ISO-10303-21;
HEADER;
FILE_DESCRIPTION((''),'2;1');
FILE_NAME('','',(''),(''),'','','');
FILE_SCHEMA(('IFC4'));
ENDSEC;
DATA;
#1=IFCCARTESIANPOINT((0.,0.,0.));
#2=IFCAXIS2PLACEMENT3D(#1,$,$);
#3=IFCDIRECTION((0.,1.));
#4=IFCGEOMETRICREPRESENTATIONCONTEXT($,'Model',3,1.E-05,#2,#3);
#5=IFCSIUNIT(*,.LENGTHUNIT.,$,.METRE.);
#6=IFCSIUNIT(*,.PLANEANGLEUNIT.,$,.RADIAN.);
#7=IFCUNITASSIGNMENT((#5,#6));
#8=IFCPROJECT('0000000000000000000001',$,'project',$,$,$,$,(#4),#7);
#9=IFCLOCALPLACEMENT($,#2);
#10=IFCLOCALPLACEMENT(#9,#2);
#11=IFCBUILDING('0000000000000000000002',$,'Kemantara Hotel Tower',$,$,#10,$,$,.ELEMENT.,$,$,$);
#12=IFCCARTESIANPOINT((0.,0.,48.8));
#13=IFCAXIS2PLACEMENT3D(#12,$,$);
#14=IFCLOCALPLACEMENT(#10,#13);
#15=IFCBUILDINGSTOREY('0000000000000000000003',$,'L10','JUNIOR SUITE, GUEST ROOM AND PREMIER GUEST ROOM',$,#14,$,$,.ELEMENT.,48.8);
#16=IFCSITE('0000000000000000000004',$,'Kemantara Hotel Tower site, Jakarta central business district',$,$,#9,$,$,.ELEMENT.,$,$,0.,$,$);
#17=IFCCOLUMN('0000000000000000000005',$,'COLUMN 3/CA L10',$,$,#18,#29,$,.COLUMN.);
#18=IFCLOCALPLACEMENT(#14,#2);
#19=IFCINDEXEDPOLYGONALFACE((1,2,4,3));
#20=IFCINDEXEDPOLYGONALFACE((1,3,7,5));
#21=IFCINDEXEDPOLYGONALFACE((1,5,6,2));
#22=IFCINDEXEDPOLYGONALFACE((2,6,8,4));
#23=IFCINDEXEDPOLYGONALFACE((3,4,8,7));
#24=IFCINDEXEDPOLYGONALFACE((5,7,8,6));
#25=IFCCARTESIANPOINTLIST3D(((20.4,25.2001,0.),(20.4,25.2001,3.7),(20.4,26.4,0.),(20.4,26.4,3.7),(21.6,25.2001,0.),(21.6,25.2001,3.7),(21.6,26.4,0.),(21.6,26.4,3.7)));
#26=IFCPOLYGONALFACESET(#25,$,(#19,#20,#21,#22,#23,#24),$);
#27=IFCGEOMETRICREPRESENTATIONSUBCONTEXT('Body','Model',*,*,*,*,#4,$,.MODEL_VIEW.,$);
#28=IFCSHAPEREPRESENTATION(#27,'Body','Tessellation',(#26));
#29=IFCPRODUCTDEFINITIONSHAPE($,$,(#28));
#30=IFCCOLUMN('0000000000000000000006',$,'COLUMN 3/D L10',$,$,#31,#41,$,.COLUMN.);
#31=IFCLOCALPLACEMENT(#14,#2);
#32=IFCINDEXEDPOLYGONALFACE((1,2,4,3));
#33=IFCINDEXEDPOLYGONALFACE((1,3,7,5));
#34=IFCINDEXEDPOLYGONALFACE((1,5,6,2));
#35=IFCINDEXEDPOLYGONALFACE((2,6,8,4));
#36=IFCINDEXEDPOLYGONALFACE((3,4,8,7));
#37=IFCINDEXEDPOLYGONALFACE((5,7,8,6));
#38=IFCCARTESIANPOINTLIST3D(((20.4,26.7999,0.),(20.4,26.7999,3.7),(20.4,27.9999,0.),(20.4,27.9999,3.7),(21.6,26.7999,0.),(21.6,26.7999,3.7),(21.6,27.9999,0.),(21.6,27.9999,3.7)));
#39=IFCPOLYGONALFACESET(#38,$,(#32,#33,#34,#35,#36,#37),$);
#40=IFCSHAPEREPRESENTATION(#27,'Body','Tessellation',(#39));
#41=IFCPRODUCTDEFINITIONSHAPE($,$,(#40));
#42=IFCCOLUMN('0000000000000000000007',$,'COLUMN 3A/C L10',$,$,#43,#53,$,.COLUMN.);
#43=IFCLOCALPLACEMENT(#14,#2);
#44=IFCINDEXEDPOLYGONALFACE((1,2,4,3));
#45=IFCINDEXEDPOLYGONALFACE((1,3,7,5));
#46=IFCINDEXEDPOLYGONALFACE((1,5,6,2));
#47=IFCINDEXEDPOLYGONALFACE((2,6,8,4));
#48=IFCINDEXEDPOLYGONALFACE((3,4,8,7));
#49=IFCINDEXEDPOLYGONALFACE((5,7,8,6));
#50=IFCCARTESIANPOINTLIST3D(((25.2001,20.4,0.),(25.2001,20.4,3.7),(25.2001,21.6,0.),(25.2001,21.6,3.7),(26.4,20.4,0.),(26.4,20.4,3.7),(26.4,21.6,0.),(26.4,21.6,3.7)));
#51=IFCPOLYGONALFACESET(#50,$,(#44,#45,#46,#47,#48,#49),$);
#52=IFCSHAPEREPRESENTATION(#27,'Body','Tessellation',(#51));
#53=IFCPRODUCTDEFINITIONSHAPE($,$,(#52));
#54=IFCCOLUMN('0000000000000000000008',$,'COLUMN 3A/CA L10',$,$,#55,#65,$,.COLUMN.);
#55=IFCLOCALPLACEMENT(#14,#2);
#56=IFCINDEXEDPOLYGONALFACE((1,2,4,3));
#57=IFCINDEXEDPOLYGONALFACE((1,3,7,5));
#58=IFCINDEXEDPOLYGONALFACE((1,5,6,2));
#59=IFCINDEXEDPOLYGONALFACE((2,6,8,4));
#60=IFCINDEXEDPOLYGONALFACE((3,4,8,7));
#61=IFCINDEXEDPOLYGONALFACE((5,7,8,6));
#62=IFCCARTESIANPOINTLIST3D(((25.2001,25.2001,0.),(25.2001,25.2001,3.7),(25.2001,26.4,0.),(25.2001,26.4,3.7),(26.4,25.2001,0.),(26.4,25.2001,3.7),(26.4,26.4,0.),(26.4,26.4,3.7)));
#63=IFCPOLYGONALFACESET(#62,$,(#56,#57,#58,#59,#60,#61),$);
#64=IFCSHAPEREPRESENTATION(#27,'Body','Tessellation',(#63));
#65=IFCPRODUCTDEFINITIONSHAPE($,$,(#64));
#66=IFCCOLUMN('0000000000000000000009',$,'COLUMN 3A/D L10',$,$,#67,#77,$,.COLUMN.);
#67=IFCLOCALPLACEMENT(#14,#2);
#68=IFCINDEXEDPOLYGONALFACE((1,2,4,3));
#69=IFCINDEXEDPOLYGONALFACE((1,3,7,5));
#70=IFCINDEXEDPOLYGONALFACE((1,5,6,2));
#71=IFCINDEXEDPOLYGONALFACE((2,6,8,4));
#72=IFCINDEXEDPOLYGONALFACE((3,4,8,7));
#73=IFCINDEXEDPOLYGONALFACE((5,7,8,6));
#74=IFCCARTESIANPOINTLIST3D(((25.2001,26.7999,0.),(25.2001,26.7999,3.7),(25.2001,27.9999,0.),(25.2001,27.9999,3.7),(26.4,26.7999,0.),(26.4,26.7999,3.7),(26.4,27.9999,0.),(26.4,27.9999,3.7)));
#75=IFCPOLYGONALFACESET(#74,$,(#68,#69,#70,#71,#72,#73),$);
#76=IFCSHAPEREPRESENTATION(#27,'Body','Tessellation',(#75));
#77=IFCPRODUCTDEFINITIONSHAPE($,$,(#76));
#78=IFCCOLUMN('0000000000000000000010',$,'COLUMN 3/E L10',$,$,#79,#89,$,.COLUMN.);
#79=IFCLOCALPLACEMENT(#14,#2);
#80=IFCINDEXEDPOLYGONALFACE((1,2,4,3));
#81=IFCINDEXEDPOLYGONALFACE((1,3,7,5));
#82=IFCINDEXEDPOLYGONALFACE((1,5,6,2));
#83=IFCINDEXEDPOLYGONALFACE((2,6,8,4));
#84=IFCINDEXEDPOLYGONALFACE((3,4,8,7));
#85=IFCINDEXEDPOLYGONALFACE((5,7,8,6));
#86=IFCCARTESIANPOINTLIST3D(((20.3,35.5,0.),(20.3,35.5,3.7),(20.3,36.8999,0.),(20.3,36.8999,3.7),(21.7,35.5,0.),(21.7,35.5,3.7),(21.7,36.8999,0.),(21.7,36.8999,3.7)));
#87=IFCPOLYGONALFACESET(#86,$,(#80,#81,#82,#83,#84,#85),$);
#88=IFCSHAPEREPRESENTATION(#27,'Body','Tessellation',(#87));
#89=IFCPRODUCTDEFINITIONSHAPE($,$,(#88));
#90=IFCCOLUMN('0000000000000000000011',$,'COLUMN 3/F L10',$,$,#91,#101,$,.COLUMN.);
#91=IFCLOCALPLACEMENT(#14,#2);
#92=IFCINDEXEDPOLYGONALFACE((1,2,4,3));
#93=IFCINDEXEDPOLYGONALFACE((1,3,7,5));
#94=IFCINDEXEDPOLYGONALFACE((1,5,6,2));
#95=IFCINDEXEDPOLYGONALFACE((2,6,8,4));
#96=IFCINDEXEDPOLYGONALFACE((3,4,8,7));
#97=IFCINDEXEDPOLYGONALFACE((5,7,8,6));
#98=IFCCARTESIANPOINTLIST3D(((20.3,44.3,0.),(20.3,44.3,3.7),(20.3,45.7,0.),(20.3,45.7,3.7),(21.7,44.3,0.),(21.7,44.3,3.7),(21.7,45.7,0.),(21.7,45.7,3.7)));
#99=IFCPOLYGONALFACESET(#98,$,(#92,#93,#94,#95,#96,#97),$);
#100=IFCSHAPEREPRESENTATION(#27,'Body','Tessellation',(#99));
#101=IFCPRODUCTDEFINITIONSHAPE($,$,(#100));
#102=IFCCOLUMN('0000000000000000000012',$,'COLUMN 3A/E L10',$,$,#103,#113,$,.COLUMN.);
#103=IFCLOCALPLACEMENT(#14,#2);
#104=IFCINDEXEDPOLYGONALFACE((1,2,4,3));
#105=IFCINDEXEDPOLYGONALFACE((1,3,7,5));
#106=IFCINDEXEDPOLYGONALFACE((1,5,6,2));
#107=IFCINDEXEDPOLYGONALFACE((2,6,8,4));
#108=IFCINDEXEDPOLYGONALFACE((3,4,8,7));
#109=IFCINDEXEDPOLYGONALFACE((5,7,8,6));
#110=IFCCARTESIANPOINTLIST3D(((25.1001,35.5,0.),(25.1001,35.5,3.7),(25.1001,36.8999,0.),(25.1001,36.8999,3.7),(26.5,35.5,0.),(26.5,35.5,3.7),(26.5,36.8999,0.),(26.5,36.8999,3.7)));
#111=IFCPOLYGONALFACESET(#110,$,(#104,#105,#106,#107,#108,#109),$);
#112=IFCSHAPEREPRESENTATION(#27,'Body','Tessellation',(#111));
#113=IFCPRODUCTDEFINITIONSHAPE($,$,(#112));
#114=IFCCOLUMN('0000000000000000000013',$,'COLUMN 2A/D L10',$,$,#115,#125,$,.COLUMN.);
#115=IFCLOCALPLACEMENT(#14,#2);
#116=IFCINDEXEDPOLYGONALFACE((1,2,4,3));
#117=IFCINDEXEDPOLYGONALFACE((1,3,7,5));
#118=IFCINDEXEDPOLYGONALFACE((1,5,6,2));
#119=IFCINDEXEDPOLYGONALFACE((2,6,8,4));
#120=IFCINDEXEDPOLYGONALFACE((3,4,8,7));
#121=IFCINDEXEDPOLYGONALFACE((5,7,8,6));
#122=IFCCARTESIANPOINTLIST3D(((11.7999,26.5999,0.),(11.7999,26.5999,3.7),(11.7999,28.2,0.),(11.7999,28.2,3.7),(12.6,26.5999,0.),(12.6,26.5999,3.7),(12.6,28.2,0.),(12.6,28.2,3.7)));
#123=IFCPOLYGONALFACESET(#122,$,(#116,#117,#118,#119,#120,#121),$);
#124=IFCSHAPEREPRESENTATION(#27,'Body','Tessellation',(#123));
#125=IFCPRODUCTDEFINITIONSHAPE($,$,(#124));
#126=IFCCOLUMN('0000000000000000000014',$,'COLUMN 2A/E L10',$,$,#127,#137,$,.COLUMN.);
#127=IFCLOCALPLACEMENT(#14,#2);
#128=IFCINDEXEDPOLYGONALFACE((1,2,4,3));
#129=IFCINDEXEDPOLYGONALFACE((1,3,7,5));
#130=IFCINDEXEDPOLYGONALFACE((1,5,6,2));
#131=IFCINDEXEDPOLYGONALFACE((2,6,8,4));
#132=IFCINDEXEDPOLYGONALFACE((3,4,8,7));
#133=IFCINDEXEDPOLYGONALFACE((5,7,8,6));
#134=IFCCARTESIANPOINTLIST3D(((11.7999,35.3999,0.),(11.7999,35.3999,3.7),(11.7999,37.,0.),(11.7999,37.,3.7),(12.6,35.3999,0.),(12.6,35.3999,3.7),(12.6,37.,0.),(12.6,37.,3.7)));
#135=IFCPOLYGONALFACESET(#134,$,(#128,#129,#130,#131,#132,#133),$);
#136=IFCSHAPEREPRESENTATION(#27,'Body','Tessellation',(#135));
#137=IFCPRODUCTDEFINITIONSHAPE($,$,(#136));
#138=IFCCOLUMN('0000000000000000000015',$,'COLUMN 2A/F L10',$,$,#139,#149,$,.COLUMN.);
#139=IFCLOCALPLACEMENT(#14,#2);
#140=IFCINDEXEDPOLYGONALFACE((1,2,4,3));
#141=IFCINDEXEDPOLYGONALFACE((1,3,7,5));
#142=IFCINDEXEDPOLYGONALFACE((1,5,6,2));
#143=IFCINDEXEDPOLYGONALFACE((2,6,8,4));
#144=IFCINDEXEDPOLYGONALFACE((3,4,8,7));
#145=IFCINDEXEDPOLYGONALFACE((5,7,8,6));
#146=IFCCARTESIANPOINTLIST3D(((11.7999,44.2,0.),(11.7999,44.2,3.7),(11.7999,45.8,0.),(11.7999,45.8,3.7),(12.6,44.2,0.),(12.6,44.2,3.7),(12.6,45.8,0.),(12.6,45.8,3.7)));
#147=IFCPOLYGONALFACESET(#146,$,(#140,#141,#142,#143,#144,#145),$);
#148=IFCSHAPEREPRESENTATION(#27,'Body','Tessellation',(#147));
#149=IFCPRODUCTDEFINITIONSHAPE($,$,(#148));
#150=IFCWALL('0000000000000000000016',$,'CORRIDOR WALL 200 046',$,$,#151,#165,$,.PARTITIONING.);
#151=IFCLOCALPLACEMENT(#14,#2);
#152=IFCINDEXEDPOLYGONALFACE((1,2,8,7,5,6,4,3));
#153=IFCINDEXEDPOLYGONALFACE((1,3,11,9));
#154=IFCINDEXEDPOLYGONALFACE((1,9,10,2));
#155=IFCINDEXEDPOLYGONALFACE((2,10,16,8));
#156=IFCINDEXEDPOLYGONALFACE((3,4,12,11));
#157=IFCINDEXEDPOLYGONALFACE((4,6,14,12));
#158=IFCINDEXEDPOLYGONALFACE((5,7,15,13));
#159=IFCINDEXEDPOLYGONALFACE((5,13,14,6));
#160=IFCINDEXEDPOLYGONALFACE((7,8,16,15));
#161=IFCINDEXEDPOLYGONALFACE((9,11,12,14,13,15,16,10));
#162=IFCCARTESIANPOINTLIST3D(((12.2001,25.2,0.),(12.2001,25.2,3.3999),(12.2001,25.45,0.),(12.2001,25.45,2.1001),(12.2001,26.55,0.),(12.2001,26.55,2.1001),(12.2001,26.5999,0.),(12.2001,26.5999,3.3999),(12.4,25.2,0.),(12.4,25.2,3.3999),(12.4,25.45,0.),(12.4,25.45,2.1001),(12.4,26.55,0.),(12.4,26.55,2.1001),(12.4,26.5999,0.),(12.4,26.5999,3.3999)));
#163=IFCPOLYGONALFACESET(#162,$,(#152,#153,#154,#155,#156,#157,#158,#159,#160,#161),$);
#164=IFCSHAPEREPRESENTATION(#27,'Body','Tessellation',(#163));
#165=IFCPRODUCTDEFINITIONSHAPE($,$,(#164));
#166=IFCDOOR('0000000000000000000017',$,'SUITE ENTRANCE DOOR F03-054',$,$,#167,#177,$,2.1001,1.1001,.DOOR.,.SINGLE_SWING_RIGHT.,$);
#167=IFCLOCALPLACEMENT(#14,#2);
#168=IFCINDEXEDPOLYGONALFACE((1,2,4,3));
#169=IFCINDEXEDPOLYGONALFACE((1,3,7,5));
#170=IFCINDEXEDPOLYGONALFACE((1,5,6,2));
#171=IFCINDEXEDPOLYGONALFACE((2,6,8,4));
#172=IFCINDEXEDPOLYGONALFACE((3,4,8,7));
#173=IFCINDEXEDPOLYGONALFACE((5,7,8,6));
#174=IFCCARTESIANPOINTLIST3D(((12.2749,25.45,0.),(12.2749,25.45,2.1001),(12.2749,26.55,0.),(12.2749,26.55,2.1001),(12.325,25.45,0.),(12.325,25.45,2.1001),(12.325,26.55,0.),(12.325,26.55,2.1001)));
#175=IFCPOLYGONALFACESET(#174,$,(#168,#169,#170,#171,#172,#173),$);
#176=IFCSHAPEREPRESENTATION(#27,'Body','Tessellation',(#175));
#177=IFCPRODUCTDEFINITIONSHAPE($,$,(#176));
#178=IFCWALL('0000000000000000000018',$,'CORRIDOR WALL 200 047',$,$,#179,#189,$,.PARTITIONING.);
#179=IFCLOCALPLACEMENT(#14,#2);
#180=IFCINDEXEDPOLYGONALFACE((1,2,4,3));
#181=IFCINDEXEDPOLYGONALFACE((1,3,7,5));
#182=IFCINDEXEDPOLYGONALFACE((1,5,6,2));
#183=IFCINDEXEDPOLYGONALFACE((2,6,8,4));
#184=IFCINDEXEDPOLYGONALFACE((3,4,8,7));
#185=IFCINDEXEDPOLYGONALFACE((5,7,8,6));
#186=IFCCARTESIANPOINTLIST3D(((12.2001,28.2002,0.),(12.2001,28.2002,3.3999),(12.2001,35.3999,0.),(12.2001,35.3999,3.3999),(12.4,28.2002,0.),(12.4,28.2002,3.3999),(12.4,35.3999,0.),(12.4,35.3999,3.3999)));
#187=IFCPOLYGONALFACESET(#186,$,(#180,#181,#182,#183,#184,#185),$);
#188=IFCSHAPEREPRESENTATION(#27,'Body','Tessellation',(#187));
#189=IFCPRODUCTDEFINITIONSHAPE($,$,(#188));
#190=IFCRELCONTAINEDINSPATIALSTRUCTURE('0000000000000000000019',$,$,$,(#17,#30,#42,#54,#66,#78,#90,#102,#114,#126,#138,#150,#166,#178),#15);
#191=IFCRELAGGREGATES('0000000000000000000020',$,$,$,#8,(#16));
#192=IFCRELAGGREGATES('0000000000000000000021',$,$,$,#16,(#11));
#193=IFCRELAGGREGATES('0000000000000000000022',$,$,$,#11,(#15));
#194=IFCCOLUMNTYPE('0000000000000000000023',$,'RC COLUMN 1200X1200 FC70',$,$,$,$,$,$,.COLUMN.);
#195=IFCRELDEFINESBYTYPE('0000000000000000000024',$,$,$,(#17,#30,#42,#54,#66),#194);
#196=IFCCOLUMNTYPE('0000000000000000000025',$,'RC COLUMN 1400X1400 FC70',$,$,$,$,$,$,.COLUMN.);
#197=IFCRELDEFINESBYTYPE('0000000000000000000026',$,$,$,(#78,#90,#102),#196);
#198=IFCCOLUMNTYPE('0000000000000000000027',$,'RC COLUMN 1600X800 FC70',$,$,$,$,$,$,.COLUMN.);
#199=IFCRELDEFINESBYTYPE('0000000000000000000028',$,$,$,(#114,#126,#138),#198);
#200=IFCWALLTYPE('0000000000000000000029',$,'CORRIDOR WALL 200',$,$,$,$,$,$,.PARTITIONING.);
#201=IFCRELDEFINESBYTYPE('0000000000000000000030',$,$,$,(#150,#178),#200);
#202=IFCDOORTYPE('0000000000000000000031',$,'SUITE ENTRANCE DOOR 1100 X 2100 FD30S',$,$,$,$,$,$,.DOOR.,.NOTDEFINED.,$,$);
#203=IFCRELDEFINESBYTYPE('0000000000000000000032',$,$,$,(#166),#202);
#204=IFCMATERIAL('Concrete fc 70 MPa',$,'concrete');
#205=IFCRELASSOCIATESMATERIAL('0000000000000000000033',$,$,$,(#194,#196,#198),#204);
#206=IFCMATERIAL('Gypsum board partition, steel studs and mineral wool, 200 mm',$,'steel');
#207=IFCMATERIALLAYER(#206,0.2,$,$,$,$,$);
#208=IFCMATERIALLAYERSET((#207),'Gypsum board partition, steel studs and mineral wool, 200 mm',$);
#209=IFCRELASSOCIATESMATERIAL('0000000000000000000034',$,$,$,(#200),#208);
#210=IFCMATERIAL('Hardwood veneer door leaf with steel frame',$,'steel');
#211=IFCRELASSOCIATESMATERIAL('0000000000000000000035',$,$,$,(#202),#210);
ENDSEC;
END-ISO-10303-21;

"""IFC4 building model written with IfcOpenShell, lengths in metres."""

from ifc_helpers import new_model, si_unit, direction, frame, frame_2d, origin, origin_2d, place, context, subcontext, project, spatial, rectangle, extrude, material, layer, layer_set, material_profile, profile_set, type_object, element, fill, save


model = new_model("IFC4")

# Units and contexts
model_context = context("Model", 3, precision=1e-05, world=origin(), true_north=direction((0.0, 1.0)))
body_context = subcontext(model_context, "Body", "Model", "MODEL_VIEW")
ifc_project = project(units=[si_unit("LENGTHUNIT", "METRE"), si_unit("PLANEANGLEUNIT", "RADIAN")], contexts=[model_context])

# Site, building, storey
site_placement = place(None, origin())
site = spatial("IfcSite", under=ifc_project, at=site_placement, Name="Kemantara Hotel Tower site, Jakarta central business district", CompositionType="ELEMENT", RefElevation=0.0)
building_placement = place(site_placement, origin())
building = spatial("IfcBuilding", under=site, at=building_placement, Name="Kemantara Hotel Tower", CompositionType="ELEMENT")
storey_placement = place(building_placement, frame((0.0, 0.0, 48.8)))
storey = spatial("IfcBuildingStorey", under=building, at=storey_placement, Name="L10", Description="JUNIOR SUITE, GUEST ROOM AND PREMIER GUEST ROOM", CompositionType="ELEMENT", Elevation=48.8)

# Columns
ifc_material_1 = material(Name="Concrete fc 70 MPa", Category="concrete")
ifc_material_profile_1 = material_profile(ifc_material_1, rectangle(XDim=1.2, YDim=1.2, at=origin_2d()), Name="RC 1200X1200")
ifc_profile_set_1 = profile_set([ifc_material_profile_1], Name="Concrete fc 70 MPa")
column_type_1 = type_object("IfcColumnType", Name="RC COLUMN 1200X1200 FC70", PredefinedType="COLUMN", material=ifc_profile_set_1)
for number, where, z_axis, x_axis, name in (
    (1, (21.0, 25.8, 0.0), (0.0, 0.0, 1.0), (1.0, 0.0, 0.0), "COLUMN 3/CA L10"),
    (2, (21.0, 27.3999, 0.0), (0.0, 0.0, 1.0), (1.0, 0.0, 0.0), "COLUMN 3/D L10"),
    (3, (25.8, 21.0, 0.0), (0.0, 0.0, 1.0), (1.0, 0.0, 0.0), "COLUMN 3A/C L10"),
    (4, (25.8, 25.8, 0.0), (0.0, 0.0, 1.0), (1.0, 0.0, 0.0), "COLUMN 3A/CA L10"),
    (5, (25.8, 27.3999, 0.0), (0.0, 0.0, 1.0), (1.0, 0.0, 0.0), "COLUMN 3A/D L10"),
):
    element("IfcColumn", number, at=place(storey_placement, frame(where, z_axis=z_axis, x_axis=x_axis)), inside=storey, type_object=column_type_1, Name=name, PredefinedType="COLUMN", context=body_context, shape_type="SweptSolid", body=[
        extrude(rectangle(XDim=1.2, YDim=1.2, at=origin_2d()), origin(), (0.0, 0.0, 1.0), 3.7),
    ])
ifc_material_profile_2 = material_profile(ifc_material_1, rectangle(XDim=1.3999, YDim=1.3999, at=origin_2d()), Name="RC 1400X1400")
ifc_profile_set_2 = profile_set([ifc_material_profile_2], Name="Concrete fc 70 MPa")
column_type_2 = type_object("IfcColumnType", Name="RC COLUMN 1400X1400 FC70", PredefinedType="COLUMN", material=ifc_profile_set_2)
for number, where, z_axis, x_axis, name in (
    (6, (21.0, 36.2, 0.0), (0.0, 0.0, 1.0), (1.0, 0.0, 0.0), "COLUMN 3/E L10"),
    (7, (21.0, 45.0, 0.0), (0.0, 0.0, 1.0), (1.0, 0.0, 0.0), "COLUMN 3/F L10"),
    (8, (25.8, 36.2, 0.0), (0.0, 0.0, 1.0), (1.0, 0.0, 0.0), "COLUMN 3A/E L10"),
):
    element("IfcColumn", number, at=place(storey_placement, frame(where, z_axis=z_axis, x_axis=x_axis)), inside=storey, type_object=column_type_2, Name=name, PredefinedType="COLUMN", context=body_context, shape_type="SweptSolid", body=[
        extrude(rectangle(XDim=1.3999, YDim=1.3999, at=origin_2d()), origin(), (0.0, 0.0, 1.0), 3.7),
    ])
ifc_material_profile_3 = material_profile(ifc_material_1, rectangle(XDim=1.6001, YDim=0.8, at=origin_2d()), Name="RC 1600X800")
ifc_profile_set_3 = profile_set([ifc_material_profile_3], Name="Concrete fc 70 MPa")
column_type_3 = type_object("IfcColumnType", Name="RC COLUMN 1600X800 FC70", PredefinedType="COLUMN", material=ifc_profile_set_3)
for number, where, z_axis, x_axis, name in (
    (9, (12.2, 27.3999, 0.0), (0.0, 0.0, 1.0), (0.0, 1.0, 0.0), "COLUMN 2A/D L10"),
    (10, (12.2, 36.2, 0.0), (0.0, 0.0, 1.0), (0.0, 1.0, 0.0), "COLUMN 2A/E L10"),
    (11, (12.2, 45.0, 0.0), (0.0, 0.0, 1.0), (0.0, 1.0, 0.0), "COLUMN 2A/F L10"),
):
    element("IfcColumn", number, at=place(storey_placement, frame(where, z_axis=z_axis, x_axis=x_axis)), inside=storey, type_object=column_type_3, Name=name, PredefinedType="COLUMN", context=body_context, shape_type="SweptSolid", body=[
        extrude(rectangle(XDim=1.6001, YDim=0.8, at=origin_2d()), origin(), (0.0, 0.0, 1.0), 3.7),
    ])

# Wall, opening, door
ifc_material_2 = material(Name="Gypsum board partition, steel studs and mineral wool, 200 mm", Category="steel")
ifc_layer_1 = layer(ifc_material_2, 0.2)
ifc_layer_set_1 = layer_set([ifc_layer_1], Name="Gypsum board partition, steel studs and mineral wool, 200 mm")
wall_type_1 = type_object("IfcWallType", Name="CORRIDOR WALL 200", PredefinedType="PARTITIONING", material=ifc_layer_set_1)
wall_1_placement = place(storey_placement, frame((12.3, 26.5999, 0.0), z_axis=(0.0, 0.0, 1.0), x_axis=(0.0, -1.0, 0.0)))
wall_1 = element("IfcWall", 12, at=wall_1_placement, inside=storey, type_object=wall_type_1, Name="CORRIDOR WALL 200 046", PredefinedType="PARTITIONING", context=body_context, shape_type="SweptSolid", body=[
    extrude(rectangle(XDim=1.3999, YDim=0.2, at=frame_2d((0.7, 0.0))), origin(), (0.0, 0.0, 1.0), 3.3999),
])
opening_1_placement = place(wall_1_placement, frame((0.0498, 0.0, 0.0)))
opening_1 = element("IfcOpeningElement", 13, at=opening_1_placement, cuts=wall_1, PredefinedType="OPENING", context=body_context, shape_type="SweptSolid", body=[
    extrude(rectangle(XDim=1.1001, YDim=2.1001, at=frame_2d((0.55, 1.05))), frame((0.0, 0.1099, 0.0), z_axis=(0.0, -1.0, 0.0), x_axis=(1.0, 0.0, 0.0)), (0.0, 0.0, 1.0), 0.22),
])
ifc_material_3 = material(Name="Hardwood veneer door leaf with steel frame", Category="steel")
door_type_1 = type_object("IfcDoorType", Name="SUITE ENTRANCE DOOR 1100 X 2100 FD30S", OperationType="NOTDEFINED", PredefinedType="DOOR", material=ifc_material_3)
door_1_placement = place(opening_1_placement, origin())
door_1 = element("IfcDoor", 14, at=door_1_placement, inside=storey, type_object=door_type_1, Name="SUITE ENTRANCE DOOR F03-054", OperationType="SINGLE_SWING_RIGHT", OverallHeight=2.1001, OverallWidth=1.1001, PredefinedType="DOOR", context=body_context, shape_type="SweptSolid", body=[
    extrude(rectangle(XDim=1.1001, YDim=2.1001, at=frame_2d((0.55, 1.05))), frame((0.0, 0.0249, 0.0), z_axis=(0.0, -1.0, 0.0), x_axis=(1.0, 0.0, 0.0)), (0.0, 0.0, 1.0), 0.05),
])
fill(opening_1, door_1)

# Wall
wall_2_placement = place(storey_placement, frame((12.3, 28.2002, 0.0), z_axis=(0.0, 0.0, 1.0), x_axis=(0.0, 1.0, 0.0)))
element("IfcWall", 15, at=wall_2_placement, inside=storey, type_object=wall_type_1, Name="CORRIDOR WALL 200 047", PredefinedType="PARTITIONING", context=body_context, shape_type="SweptSolid", body=[
    extrude(rectangle(XDim=7.1997, YDim=0.2, at=frame_2d((3.5999, 0.0))), origin(), (0.0, 0.0, 1.0), 3.3999),
])

save(model, "model.ifc")
